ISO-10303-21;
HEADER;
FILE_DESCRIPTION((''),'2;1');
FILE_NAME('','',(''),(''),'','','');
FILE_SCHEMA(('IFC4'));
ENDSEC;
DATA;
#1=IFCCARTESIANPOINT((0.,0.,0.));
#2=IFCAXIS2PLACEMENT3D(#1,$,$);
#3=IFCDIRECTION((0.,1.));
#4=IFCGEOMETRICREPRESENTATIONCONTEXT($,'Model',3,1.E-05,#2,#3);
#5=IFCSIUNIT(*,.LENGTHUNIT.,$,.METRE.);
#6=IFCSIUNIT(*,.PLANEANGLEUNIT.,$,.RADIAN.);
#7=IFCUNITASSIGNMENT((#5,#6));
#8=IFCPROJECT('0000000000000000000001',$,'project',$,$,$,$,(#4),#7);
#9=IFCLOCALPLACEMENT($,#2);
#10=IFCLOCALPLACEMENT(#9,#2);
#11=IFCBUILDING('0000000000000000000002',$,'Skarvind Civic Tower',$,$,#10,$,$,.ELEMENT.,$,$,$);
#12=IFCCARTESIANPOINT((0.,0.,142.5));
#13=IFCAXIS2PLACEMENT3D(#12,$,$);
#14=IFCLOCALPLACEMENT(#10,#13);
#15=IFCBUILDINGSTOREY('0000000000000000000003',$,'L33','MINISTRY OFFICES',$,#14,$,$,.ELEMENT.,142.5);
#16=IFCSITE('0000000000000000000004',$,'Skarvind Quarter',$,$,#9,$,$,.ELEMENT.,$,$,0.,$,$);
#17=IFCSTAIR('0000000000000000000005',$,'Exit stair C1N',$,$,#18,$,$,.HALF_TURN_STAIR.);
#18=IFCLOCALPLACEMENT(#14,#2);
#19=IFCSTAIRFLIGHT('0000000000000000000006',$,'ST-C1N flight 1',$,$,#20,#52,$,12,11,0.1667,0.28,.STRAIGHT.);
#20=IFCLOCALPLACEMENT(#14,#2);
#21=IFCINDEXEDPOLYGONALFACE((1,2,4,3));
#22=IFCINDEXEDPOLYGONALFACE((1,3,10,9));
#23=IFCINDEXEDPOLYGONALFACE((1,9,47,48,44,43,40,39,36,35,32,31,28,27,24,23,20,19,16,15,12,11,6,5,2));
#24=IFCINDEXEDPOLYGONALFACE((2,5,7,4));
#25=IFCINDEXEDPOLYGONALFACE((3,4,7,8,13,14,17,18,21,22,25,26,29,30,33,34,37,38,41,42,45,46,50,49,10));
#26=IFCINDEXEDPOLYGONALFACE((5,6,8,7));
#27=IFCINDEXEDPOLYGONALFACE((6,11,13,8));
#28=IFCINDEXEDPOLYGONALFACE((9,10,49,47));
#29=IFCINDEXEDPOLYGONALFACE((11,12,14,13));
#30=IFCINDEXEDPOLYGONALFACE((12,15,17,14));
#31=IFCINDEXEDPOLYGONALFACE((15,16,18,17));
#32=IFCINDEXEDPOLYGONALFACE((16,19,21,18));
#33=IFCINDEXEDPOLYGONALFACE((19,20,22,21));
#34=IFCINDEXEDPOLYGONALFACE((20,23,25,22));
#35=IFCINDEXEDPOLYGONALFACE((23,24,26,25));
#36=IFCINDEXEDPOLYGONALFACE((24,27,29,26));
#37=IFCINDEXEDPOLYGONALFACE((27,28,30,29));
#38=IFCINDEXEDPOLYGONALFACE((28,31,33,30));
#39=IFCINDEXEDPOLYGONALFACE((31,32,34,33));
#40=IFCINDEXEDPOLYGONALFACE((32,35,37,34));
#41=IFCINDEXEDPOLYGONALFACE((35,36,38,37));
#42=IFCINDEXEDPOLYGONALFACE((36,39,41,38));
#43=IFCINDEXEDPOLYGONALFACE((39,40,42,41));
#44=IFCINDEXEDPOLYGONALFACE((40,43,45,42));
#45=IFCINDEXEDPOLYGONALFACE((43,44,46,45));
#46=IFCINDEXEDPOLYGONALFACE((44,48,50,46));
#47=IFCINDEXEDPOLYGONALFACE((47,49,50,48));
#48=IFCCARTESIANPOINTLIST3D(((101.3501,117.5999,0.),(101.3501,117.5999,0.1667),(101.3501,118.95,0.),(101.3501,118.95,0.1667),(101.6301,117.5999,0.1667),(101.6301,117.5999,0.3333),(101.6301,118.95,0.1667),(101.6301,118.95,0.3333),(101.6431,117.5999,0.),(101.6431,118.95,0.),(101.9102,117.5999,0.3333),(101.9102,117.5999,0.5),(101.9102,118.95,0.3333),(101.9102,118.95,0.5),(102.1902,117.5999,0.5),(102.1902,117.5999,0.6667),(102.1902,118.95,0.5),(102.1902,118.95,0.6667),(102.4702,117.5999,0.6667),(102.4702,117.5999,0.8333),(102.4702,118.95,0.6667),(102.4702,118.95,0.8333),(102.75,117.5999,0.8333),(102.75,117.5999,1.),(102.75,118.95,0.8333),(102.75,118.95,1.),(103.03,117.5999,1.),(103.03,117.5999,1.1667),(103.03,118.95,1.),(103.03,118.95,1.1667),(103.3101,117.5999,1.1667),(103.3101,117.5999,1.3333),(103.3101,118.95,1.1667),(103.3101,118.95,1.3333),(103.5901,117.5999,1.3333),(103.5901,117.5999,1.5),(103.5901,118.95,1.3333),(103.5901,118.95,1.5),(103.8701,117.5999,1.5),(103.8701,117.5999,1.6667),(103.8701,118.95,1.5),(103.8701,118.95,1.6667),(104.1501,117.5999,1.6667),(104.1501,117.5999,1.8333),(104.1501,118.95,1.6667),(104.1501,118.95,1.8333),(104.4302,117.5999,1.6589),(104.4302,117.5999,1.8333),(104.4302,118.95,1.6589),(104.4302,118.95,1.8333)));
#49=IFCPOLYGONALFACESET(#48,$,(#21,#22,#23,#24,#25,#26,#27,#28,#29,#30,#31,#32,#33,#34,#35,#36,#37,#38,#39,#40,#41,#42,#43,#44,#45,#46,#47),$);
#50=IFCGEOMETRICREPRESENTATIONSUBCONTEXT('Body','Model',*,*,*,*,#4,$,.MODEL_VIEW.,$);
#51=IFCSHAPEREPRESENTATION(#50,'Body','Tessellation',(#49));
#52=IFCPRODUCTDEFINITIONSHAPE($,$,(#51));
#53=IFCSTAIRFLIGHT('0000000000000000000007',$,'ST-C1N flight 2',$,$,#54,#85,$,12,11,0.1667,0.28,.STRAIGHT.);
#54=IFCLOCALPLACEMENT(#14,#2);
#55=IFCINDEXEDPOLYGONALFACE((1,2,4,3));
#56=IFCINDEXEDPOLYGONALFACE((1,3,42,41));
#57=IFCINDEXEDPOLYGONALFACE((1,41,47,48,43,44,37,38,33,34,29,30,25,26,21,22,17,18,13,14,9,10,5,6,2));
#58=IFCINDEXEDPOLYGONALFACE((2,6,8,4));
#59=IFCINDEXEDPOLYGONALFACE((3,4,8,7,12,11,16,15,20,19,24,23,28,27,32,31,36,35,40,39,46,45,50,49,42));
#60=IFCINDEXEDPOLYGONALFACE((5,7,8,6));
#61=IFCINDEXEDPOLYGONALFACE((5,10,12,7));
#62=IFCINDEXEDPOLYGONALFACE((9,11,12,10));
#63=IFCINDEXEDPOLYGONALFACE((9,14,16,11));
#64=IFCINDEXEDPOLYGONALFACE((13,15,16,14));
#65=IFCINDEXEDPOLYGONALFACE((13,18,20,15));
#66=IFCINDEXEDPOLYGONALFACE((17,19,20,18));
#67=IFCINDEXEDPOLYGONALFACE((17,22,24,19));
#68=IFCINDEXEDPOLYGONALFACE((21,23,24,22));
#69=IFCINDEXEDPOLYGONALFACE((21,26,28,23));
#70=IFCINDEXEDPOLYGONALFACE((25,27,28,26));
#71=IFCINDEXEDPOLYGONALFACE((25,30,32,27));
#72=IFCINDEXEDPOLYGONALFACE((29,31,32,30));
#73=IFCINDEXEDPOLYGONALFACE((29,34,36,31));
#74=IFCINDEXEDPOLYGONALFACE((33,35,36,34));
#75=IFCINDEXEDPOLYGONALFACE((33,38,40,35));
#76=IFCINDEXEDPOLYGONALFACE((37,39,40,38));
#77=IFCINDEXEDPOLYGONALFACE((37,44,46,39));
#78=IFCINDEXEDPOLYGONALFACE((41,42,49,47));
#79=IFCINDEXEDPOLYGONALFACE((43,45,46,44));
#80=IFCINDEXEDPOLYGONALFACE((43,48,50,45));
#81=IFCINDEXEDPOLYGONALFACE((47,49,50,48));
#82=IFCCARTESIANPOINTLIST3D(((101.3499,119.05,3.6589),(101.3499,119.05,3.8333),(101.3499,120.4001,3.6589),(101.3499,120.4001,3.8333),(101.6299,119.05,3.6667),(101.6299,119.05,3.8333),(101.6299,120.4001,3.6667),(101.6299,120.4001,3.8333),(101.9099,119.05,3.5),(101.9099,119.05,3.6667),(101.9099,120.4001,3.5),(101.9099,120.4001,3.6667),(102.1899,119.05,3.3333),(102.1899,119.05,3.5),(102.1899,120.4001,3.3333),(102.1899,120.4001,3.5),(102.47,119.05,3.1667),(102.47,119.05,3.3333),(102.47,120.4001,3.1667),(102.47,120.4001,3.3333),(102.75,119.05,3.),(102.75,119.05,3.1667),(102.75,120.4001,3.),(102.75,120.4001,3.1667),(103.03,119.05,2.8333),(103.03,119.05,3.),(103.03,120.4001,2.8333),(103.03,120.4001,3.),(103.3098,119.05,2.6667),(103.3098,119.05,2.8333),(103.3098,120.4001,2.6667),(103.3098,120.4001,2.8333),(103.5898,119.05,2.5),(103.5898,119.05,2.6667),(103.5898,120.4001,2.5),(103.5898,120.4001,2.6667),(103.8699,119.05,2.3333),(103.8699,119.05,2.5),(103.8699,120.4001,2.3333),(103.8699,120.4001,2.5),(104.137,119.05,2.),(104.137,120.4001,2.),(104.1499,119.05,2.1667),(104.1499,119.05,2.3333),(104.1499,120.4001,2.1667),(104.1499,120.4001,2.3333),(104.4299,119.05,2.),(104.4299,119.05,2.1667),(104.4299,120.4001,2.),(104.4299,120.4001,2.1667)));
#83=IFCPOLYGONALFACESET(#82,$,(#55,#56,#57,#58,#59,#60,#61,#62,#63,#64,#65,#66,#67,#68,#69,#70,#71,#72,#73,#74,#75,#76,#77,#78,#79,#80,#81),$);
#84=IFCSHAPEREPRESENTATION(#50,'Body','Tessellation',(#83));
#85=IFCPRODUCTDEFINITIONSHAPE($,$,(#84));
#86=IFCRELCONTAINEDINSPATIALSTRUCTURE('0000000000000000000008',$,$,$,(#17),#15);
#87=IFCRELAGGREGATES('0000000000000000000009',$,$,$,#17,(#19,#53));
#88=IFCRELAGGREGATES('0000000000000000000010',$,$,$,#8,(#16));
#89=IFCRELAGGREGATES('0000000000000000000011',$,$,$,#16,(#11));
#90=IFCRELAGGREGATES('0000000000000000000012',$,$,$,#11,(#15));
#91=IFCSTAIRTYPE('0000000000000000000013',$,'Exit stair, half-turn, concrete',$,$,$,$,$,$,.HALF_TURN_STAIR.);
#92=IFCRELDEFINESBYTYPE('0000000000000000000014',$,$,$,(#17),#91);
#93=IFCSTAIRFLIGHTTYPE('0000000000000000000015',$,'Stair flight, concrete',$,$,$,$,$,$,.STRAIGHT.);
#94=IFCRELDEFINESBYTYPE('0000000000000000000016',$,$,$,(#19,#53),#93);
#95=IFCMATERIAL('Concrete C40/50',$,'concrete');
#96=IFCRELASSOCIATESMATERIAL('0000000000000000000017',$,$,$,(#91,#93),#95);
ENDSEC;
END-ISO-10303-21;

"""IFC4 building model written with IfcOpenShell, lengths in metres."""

from ifc_helpers import new_model, si_unit, direction, frame, origin, place, context, subcontext, project, spatial, polyline, outline, extrude, material, type_object, element, aggregate, save


model = new_model("IFC4")

# Units and contexts
model_context = context("Model", 3, precision=1e-05, world=origin(), true_north=direction((0.0, 1.0)))
body_context = subcontext(model_context, "Body", "Model", "MODEL_VIEW")
ifc_project = project(units=[si_unit("LENGTHUNIT", "METRE"), si_unit("PLANEANGLEUNIT", "RADIAN")], contexts=[model_context])

# Site, building, storey
site_placement = place(None, origin())
site = spatial("IfcSite", under=ifc_project, at=site_placement, Name="Skarvind Quarter", CompositionType="ELEMENT", RefElevation=0.0)
building_placement = place(site_placement, origin())
building = spatial("IfcBuilding", under=site, at=building_placement, Name="Skarvind Civic Tower", CompositionType="ELEMENT")
storey_placement = place(building_placement, frame((0.0, 0.0, 142.5)))
storey = spatial("IfcBuildingStorey", under=building, at=storey_placement, Name="L33", Description="MINISTRY OFFICES", CompositionType="ELEMENT", Elevation=142.5)

# Stair, stair flights
ifc_material_1 = material(Name="Concrete C40/50", Category="concrete")
stair_type = type_object("IfcStairType", Name="Exit stair, half-turn, concrete", PredefinedType="HALF_TURN_STAIR", material=ifc_material_1)
stair_placement = place(storey_placement, origin())
stair = element("IfcStair", 1, at=stair_placement, inside=storey, type_object=stair_type, Name="Exit stair C1N", PredefinedType="HALF_TURN_STAIR")
stair_flight_type = type_object("IfcStairFlightType", Name="Stair flight, concrete", PredefinedType="STRAIGHT", material=ifc_material_1)
stair_flight_1_placement = place(storey_placement, frame((101.3501, 118.2749, 0.0), z_axis=(0.0, 0.0, 1.0), x_axis=(1.0, 0.0, 0.0)))
stair_flight_1 = element("IfcStairFlight", 2, at=stair_flight_1_placement, type_object=stair_flight_type, Name="ST-C1N flight 1", NumberOfRisers=12, NumberOfTreads=11, PredefinedType="STRAIGHT", RiserHeight=0.1667, TreadLength=0.28, context=body_context, shape_type="SweptSolid", body=[
    extrude(outline(polyline([(0.0, 0.0), (0.0, 0.1667), (0.28, 0.1667), (0.28, 0.3333), (0.5601, 0.3333), (0.5601, 0.5), (0.8401, 0.5), (0.8401, 0.6667), (1.1201, 0.6667), (1.1201, 0.8333), (1.3999, 0.8333), (1.3999, 1.0), (1.6799, 1.0), (1.6799, 1.1667), (1.96, 1.1667), (1.96, 1.3333), (2.24, 1.3333), (2.24, 1.5), (2.52, 1.5), (2.52, 1.6667), (2.8, 1.6667), (2.8, 1.8333), (3.0801, 1.8333), (3.0801, 2.0), (3.0801, 1.6589), (0.293, 0.0), (0.0, 0.0)])), frame((0.0, 0.675, 0.0), z_axis=(0.0, -1.0, 0.0), x_axis=(1.0, 0.0, 0.0)), (0.0, 0.0, 1.0), 1.3501),
])
stair_flight_2_placement = place(storey_placement, frame((104.4299, 119.7251, 2.0), z_axis=(0.0, 0.0, 1.0), x_axis=(-1.0, 0.0, 0.0)))
stair_flight_2 = element("IfcStairFlight", 3, at=stair_flight_2_placement, type_object=stair_flight_type, Name="ST-C1N flight 2", NumberOfRisers=12, NumberOfTreads=11, PredefinedType="STRAIGHT", RiserHeight=0.1667, TreadLength=0.28, context=body_context, shape_type="SweptSolid", body=[
    extrude(outline(polyline([(0.0, 0.0), (0.0, 0.1667), (0.28, 0.1667), (0.28, 0.3333), (0.5601, 0.3333), (0.5601, 0.5), (0.8401, 0.5), (0.8401, 0.6667), (1.1201, 0.6667), (1.1201, 0.8333), (1.3999, 0.8333), (1.3999, 1.0), (1.6799, 1.0), (1.6799, 1.1667), (1.96, 1.1667), (1.96, 1.3333), (2.24, 1.3333), (2.24, 1.5), (2.52, 1.5), (2.52, 1.6667), (2.8, 1.6667), (2.8, 1.8333), (3.0801, 1.8333), (3.0801, 2.0), (3.0801, 1.6589), (0.293, 0.0), (0.0, 0.0)])), frame((0.0, 0.675, 0.0), z_axis=(0.0, -1.0, 0.0), x_axis=(1.0, 0.0, 0.0)), (0.0, 0.0, 1.0), 1.3501),
])
aggregate(stair, [stair_flight_1, stair_flight_2])

save(model, "model.ifc")
